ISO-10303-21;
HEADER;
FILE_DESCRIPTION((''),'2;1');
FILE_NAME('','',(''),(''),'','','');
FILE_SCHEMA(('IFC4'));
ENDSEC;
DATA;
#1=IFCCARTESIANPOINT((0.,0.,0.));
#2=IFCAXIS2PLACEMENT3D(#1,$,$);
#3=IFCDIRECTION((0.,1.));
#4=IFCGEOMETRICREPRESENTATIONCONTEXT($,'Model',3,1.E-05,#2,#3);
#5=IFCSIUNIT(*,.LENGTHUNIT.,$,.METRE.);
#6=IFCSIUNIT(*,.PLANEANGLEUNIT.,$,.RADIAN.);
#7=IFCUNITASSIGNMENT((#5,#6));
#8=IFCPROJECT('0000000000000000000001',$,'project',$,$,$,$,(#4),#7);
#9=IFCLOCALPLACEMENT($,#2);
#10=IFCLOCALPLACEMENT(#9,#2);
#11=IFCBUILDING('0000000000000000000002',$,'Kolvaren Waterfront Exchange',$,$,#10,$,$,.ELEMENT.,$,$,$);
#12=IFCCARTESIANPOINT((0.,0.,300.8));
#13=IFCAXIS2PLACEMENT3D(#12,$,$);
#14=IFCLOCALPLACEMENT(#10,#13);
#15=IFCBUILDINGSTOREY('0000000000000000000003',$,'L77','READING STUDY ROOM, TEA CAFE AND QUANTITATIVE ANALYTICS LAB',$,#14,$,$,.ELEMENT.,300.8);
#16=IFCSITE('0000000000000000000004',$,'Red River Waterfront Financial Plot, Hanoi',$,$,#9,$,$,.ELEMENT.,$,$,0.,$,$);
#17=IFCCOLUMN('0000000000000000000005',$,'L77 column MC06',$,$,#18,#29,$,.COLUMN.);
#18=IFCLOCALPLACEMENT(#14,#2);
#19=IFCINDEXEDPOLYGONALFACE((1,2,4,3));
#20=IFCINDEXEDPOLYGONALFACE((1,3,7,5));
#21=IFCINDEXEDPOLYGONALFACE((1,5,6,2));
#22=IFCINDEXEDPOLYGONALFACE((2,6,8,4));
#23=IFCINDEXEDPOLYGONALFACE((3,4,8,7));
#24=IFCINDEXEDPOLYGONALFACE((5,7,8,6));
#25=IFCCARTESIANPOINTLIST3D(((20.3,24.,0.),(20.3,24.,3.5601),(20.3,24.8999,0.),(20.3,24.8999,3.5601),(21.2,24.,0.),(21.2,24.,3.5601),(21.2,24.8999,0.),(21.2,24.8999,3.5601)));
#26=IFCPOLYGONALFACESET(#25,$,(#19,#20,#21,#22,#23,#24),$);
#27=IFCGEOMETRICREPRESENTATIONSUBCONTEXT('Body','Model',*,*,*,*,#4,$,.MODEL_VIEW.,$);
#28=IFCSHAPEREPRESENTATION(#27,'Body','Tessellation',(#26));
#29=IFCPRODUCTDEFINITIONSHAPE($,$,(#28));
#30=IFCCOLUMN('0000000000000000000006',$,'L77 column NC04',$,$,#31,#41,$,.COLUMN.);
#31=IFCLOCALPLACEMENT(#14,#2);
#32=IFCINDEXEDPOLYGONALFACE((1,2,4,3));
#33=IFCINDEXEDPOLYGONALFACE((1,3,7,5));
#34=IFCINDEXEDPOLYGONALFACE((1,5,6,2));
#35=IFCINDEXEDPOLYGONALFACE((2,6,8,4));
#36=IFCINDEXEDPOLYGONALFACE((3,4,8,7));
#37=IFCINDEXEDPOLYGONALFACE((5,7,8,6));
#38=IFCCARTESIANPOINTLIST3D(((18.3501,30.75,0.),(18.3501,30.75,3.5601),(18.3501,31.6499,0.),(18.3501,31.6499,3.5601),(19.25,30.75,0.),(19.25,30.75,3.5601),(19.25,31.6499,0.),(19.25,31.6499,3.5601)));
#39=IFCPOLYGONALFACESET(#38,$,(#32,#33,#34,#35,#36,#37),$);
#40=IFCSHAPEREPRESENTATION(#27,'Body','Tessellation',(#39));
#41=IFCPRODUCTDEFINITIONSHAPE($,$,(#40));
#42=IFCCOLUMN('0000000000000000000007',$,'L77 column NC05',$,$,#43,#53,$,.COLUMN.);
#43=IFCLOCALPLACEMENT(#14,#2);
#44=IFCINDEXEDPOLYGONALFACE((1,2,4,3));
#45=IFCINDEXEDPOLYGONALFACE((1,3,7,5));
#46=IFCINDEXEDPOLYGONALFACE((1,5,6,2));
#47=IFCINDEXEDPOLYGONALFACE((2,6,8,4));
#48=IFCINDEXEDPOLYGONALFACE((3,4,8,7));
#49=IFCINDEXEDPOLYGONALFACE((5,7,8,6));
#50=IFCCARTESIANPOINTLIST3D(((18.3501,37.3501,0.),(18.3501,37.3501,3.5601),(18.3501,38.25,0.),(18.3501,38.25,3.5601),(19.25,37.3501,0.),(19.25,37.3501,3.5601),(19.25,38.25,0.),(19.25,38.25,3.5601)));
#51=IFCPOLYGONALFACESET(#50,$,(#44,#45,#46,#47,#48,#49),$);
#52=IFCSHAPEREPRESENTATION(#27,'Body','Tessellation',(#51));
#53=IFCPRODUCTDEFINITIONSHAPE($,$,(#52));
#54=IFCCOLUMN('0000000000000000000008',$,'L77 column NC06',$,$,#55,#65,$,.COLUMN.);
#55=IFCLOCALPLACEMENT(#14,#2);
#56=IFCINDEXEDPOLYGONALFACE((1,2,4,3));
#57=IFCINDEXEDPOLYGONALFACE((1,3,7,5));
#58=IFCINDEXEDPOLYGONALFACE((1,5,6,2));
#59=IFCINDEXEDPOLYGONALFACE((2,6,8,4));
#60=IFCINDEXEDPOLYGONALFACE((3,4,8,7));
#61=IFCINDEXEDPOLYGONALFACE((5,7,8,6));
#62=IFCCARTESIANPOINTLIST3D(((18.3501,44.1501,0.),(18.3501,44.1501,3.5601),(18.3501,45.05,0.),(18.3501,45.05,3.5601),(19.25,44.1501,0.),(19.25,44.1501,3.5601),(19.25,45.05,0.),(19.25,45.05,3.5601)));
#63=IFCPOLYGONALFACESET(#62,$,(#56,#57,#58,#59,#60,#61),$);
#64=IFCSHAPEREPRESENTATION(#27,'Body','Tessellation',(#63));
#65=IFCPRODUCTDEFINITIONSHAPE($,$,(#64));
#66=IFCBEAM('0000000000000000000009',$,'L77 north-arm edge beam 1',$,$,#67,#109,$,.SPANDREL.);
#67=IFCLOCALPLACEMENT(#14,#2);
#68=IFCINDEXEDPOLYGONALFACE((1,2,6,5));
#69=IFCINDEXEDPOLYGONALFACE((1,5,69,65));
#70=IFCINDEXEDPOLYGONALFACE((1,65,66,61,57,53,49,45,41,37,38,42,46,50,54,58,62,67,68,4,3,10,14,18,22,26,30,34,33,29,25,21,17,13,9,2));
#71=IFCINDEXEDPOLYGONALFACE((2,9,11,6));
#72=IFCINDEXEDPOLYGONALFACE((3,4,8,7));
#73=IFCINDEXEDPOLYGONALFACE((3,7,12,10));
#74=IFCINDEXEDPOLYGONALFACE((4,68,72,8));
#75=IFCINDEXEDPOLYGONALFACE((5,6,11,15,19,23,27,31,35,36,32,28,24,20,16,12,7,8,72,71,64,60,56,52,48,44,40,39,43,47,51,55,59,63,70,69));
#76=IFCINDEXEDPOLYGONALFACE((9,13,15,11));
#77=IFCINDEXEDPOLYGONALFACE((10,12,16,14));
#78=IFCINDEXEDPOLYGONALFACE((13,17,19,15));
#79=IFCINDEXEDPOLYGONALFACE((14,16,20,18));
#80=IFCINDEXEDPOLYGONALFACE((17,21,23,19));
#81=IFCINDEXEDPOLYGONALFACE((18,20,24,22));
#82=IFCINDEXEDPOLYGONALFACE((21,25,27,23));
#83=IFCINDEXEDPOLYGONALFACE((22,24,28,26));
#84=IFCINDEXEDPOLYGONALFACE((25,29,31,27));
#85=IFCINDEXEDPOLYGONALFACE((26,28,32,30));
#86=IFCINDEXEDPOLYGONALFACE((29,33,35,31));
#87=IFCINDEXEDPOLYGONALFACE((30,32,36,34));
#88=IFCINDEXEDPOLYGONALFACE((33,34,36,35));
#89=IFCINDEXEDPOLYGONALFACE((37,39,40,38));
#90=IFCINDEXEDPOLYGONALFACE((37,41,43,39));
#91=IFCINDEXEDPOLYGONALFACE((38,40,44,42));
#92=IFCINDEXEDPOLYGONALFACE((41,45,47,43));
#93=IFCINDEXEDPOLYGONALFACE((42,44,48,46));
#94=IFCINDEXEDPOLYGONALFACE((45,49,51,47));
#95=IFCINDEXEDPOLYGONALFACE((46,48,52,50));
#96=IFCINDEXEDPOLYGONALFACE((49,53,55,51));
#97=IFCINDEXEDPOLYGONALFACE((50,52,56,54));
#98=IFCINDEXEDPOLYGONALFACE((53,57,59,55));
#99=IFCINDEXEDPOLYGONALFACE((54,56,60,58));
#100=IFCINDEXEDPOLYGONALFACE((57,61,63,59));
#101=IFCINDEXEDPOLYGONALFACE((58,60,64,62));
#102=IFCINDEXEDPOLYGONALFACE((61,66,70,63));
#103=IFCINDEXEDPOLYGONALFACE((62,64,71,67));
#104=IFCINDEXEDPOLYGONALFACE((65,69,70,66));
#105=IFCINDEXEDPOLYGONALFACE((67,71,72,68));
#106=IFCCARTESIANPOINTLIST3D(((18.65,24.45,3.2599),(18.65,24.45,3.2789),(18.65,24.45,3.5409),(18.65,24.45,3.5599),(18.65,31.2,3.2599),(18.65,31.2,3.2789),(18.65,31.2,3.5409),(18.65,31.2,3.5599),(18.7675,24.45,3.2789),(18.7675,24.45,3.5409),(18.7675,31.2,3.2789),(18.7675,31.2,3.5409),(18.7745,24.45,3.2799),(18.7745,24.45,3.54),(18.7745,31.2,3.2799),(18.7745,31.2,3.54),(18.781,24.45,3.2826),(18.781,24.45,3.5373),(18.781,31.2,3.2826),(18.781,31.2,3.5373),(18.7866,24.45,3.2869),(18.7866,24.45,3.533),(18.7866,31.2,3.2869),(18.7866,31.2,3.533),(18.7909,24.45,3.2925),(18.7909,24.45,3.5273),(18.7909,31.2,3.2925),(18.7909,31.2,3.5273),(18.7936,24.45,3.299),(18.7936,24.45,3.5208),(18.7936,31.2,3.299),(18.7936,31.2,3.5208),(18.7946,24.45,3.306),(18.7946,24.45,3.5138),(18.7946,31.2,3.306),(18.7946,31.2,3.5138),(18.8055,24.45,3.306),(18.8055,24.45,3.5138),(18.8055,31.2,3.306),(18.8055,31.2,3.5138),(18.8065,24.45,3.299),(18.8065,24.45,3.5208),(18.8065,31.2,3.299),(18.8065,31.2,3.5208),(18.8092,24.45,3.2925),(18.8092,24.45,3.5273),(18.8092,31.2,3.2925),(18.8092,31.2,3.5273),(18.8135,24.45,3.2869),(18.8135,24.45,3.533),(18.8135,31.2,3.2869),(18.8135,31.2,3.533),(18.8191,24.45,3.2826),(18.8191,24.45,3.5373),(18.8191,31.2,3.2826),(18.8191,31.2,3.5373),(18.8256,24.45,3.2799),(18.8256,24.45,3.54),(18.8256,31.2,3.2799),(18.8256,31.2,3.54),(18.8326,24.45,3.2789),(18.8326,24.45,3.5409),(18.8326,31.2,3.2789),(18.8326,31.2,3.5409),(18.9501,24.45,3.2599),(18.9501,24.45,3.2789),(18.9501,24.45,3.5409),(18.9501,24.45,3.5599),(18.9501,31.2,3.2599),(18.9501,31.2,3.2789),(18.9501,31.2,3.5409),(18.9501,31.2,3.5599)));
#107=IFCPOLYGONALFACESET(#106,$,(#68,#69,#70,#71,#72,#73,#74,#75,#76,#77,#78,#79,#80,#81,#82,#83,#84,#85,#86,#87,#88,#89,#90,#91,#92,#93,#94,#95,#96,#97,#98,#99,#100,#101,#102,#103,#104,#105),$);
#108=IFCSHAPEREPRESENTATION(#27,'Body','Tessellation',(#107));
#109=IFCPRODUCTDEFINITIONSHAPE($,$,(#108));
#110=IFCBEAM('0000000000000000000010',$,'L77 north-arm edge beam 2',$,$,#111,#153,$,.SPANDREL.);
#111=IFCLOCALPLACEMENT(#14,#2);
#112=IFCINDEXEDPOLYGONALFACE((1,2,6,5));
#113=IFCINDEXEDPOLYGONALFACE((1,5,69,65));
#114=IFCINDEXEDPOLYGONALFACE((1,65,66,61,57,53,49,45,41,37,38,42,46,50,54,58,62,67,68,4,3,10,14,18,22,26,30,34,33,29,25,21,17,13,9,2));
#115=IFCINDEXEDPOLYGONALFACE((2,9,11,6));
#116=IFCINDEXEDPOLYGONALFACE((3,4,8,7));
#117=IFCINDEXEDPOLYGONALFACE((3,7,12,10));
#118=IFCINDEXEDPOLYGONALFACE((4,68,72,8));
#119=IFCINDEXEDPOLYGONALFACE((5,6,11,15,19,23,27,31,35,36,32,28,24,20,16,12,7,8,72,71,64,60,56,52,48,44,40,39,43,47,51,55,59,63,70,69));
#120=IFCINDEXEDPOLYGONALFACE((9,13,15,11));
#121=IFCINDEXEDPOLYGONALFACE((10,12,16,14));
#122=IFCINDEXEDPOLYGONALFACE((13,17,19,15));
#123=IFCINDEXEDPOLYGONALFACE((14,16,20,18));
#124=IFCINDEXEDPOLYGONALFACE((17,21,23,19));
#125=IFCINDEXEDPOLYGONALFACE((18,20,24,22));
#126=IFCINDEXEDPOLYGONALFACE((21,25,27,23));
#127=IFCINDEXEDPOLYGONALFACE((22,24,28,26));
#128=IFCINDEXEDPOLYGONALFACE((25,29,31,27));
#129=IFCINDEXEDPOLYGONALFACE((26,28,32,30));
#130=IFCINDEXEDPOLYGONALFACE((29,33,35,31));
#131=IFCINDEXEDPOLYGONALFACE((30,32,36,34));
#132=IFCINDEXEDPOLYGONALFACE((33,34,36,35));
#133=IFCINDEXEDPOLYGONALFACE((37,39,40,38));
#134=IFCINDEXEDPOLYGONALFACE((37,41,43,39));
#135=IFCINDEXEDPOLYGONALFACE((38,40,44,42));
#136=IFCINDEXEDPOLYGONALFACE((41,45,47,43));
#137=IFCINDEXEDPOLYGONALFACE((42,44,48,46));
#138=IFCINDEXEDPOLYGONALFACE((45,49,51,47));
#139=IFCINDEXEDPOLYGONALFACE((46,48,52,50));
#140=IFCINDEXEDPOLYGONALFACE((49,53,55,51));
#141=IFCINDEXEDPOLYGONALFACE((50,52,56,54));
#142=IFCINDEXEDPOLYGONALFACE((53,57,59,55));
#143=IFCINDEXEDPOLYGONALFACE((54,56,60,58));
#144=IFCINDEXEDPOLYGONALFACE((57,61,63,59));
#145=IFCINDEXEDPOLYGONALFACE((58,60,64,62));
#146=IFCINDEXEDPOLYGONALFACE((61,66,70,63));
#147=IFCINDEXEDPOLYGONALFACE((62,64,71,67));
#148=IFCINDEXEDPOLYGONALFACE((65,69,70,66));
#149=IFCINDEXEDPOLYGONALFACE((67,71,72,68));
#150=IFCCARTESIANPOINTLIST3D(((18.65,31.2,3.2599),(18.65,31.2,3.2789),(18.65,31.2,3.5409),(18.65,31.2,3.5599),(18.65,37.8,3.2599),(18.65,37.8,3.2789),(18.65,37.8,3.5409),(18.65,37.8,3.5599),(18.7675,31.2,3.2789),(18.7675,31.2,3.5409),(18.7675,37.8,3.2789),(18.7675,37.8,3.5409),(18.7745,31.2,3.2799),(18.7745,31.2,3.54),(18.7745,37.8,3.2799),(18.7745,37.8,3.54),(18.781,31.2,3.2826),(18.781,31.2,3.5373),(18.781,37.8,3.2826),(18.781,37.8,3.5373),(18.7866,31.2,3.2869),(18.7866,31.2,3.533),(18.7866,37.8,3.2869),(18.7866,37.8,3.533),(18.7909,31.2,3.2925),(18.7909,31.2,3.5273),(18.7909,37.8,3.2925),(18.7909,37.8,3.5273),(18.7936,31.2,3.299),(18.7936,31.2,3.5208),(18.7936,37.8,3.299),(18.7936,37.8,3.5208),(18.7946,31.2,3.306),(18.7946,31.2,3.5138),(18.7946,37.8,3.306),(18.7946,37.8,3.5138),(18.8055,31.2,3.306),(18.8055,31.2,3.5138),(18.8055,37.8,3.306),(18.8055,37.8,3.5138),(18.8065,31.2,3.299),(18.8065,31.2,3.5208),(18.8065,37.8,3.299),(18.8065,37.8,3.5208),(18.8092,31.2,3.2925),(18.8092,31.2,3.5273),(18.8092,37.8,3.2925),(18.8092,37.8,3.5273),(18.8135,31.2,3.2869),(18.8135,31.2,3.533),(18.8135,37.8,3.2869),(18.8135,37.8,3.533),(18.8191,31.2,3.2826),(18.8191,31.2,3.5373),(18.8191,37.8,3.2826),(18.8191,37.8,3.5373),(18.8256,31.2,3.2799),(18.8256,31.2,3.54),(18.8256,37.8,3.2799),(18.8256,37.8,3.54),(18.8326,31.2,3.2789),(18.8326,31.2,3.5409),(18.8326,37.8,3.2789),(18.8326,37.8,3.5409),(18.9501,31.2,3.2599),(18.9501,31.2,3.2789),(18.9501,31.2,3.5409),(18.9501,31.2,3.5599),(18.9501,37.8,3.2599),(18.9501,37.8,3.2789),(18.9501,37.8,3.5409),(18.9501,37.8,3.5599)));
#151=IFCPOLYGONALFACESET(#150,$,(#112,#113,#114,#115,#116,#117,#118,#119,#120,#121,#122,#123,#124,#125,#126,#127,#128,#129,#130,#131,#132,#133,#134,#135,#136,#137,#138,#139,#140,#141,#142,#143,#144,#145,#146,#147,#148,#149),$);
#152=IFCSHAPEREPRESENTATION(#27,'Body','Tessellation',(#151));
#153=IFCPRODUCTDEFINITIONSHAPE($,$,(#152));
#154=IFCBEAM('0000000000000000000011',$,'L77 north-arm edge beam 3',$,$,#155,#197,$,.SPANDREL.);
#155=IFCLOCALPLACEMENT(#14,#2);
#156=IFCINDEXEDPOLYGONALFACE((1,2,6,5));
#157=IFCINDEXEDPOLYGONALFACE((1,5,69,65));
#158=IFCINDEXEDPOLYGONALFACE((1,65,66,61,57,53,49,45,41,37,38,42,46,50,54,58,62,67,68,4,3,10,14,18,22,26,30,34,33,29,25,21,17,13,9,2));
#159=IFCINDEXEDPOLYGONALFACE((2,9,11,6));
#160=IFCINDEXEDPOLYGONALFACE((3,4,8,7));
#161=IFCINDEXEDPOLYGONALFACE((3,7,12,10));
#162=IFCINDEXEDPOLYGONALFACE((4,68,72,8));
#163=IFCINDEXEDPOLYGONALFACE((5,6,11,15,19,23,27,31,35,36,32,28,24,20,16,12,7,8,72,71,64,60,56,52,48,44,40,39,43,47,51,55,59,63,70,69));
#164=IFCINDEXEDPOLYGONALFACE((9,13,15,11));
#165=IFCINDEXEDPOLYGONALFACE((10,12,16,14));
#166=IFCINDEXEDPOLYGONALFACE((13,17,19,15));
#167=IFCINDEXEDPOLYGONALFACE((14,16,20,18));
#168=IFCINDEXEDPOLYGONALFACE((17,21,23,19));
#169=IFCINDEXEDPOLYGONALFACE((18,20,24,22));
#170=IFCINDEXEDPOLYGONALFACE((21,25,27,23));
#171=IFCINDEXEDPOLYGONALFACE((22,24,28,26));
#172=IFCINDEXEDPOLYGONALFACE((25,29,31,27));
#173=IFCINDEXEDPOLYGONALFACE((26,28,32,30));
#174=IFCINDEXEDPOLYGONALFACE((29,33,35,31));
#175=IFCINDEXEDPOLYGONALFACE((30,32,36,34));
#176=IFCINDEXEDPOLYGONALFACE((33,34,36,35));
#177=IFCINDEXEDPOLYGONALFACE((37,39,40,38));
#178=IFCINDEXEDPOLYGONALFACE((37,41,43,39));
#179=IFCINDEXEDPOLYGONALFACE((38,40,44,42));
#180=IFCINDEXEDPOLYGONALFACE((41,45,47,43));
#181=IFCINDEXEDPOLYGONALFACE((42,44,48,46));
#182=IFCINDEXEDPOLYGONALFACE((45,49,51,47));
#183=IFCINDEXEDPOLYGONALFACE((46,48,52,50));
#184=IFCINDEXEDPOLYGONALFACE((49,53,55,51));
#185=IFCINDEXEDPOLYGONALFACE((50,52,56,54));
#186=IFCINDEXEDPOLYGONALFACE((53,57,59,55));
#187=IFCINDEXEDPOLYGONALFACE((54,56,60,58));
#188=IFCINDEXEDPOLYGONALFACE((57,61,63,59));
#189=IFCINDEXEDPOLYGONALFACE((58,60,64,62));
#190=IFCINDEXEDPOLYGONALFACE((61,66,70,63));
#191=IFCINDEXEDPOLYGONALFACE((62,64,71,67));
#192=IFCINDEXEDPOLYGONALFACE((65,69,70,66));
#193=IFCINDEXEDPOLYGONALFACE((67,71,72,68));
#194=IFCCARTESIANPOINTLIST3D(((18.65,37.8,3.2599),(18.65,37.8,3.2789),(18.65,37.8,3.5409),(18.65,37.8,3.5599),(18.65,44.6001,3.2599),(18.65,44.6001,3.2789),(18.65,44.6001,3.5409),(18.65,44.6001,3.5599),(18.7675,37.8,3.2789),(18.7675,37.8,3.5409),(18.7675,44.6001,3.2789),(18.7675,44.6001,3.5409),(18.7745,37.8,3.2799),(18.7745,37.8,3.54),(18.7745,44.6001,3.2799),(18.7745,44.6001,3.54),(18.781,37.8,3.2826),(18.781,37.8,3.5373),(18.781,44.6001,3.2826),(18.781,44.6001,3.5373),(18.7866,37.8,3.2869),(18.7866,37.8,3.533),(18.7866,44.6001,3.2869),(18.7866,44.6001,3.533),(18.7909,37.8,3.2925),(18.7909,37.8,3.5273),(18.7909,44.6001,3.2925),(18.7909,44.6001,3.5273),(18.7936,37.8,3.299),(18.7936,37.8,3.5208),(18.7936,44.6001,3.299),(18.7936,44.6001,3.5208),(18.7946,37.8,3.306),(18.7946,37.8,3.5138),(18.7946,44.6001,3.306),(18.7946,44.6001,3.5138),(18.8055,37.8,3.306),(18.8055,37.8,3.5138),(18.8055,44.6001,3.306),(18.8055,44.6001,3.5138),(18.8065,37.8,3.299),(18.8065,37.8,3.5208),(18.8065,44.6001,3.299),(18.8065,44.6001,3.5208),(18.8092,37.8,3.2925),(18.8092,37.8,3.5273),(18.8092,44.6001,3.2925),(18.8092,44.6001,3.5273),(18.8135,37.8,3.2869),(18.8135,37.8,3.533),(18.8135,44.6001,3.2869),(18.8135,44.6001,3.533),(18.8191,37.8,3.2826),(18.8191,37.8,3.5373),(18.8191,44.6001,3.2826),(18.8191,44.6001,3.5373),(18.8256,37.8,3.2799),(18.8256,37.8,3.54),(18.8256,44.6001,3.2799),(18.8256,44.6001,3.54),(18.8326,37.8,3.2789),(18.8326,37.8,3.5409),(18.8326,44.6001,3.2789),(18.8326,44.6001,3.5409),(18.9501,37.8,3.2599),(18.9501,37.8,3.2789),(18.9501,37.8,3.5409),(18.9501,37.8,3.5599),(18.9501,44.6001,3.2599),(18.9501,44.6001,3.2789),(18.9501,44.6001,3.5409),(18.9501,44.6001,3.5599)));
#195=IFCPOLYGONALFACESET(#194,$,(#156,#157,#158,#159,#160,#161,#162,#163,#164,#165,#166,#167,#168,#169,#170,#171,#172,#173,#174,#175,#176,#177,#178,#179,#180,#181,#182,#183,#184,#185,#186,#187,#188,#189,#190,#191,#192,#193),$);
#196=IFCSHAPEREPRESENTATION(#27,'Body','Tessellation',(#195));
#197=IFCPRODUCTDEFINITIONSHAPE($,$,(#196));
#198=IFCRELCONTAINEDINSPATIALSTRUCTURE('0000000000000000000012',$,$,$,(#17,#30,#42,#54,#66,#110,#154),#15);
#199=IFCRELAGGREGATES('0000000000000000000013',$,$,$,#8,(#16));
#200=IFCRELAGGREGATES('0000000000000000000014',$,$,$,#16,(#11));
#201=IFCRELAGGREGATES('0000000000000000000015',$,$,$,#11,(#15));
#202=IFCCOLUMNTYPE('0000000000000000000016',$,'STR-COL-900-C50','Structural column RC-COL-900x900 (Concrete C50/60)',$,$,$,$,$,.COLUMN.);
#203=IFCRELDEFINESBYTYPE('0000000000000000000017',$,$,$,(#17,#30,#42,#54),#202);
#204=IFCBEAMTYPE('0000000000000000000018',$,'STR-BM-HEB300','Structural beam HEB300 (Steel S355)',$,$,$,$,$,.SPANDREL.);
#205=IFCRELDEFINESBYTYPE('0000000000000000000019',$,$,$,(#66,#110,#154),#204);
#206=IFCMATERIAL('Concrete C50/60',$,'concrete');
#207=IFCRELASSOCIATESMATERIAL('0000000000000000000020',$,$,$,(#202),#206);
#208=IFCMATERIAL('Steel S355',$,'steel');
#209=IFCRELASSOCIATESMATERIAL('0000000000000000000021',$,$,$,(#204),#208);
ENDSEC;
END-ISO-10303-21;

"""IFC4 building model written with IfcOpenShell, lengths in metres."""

from ifc_helpers import new_model, si_unit, direction, frame, origin, origin_2d, place, context, subcontext, project, spatial, rectangle, i_section, extrude, material, material_profile, profile_set, type_object, element, save


model = new_model("IFC4")

# Units and contexts
model_context = context("Model", 3, precision=1e-05, world=origin(), true_north=direction((0.0, 1.0)))
body_context = subcontext(model_context, "Body", "Model", "MODEL_VIEW")
ifc_project = project(units=[si_unit("LENGTHUNIT", "METRE"), si_unit("PLANEANGLEUNIT", "RADIAN")], contexts=[model_context])

# Site, building, storey
site_placement = place(None, origin())
site = spatial("IfcSite", under=ifc_project, at=site_placement, Name="Red River Waterfront Financial Plot, Hanoi", CompositionType="ELEMENT", RefElevation=0.0)
building_placement = place(site_placement, origin())
building = spatial("IfcBuilding", under=site, at=building_placement, Name="Kolvaren Waterfront Exchange", CompositionType="ELEMENT")
storey_placement = place(building_placement, frame((0.0, 0.0, 300.8)))
storey = spatial("IfcBuildingStorey", under=building, at=storey_placement, Name="L77", Description="READING STUDY ROOM, TEA CAFE AND QUANTITATIVE ANALYTICS LAB", CompositionType="ELEMENT", Elevation=300.8)

# Columns
ifc_material_1 = material(Name="Concrete C50/60", Category="concrete")
ifc_material_profile_1 = material_profile(ifc_material_1, rectangle(XDim=0.8999, YDim=0.8999, at=origin_2d()), Name="RC-COL-900x900")
ifc_profile_set_1 = profile_set([ifc_material_profile_1], Name="Concrete C50/60")
column_type = type_object("IfcColumnType", Name="STR-COL-900-C50", Description="Structural column RC-COL-900x900 (Concrete C50/60)", PredefinedType="COLUMN", material=ifc_profile_set_1)
for number, where, z_axis, x_axis, name in (
    (1, (20.75, 24.45, 0.0), (0.0, 0.0, 1.0), (1.0, 0.0, 0.0), "L77 column MC06"),
    (2, (18.8, 31.2, 0.0), (0.0, 0.0, 1.0), (1.0, 0.0, 0.0), "L77 column NC04"),
    (3, (18.8, 37.8, 0.0), (0.0, 0.0, 1.0), (1.0, 0.0, 0.0), "L77 column NC05"),
    (4, (18.8, 44.6001, 0.0), (0.0, 0.0, 1.0), (1.0, 0.0, 0.0), "L77 column NC06"),
):
    element("IfcColumn", number, at=place(storey_placement, frame(where, z_axis=z_axis, x_axis=x_axis)), inside=storey, type_object=column_type, Name=name, PredefinedType="COLUMN", context=body_context, shape_type="SweptSolid", body=[
        extrude(rectangle(XDim=0.8999, YDim=0.8999, at=origin_2d()), origin(), (0.0, 0.0, 1.0), 3.5601),
    ])

# Beams
ifc_material_2 = material(Name="Steel S355", Category="steel")
ifc_material_profile_2 = material_profile(ifc_material_2, i_section(OverallWidth=0.3, OverallDepth=0.3, WebThickness=0.011, FlangeThickness=0.019, FilletRadius=0.0271, at=origin_2d()), Name="HEB300")
ifc_profile_set_2 = profile_set([ifc_material_profile_2], Name="Steel S355")
beam_type = type_object("IfcBeamType", Name="STR-BM-HEB300", Description="Structural beam HEB300 (Steel S355)", PredefinedType="SPANDREL", material=ifc_profile_set_2)
beam_1_placement = place(storey_placement, frame((18.8, 24.45, 3.4099), z_axis=(0.0, 1.0, 0.0), x_axis=(-1.0, 0.0, 0.0)))
element("IfcBeam", 5, at=beam_1_placement, inside=storey, type_object=beam_type, Name="L77 north-arm edge beam 1", PredefinedType="SPANDREL", context=body_context, shape_type="SweptSolid", body=[
    extrude(i_section(OverallWidth=0.3, OverallDepth=0.3, WebThickness=0.011, FlangeThickness=0.019, FilletRadius=0.0271, at=origin_2d()), origin(), (0.0, 0.0, 1.0), 6.75),
])
beam_2_placement = place(storey_placement, frame((18.8, 31.2, 3.4099), z_axis=(0.0, 1.0, 0.0), x_axis=(-1.0, 0.0, 0.0)))
element("IfcBeam", 6, at=beam_2_placement, inside=storey, type_object=beam_type, Name="L77 north-arm edge beam 2", PredefinedType="SPANDREL", context=body_context, shape_type="SweptSolid", body=[
    extrude(i_section(OverallWidth=0.3, OverallDepth=0.3, WebThickness=0.011, FlangeThickness=0.019, FilletRadius=0.0271, at=origin_2d()), origin(), (0.0, 0.0, 1.0), 6.6001),
])
beam_3_placement = place(storey_placement, frame((18.8, 37.8, 3.4099), z_axis=(0.0, 1.0, 0.0), x_axis=(-1.0, 0.0, 0.0)))
element("IfcBeam", 7, at=beam_3_placement, inside=storey, type_object=beam_type, Name="L77 north-arm edge beam 3", PredefinedType="SPANDREL", context=body_context, shape_type="SweptSolid", body=[
    extrude(i_section(OverallWidth=0.3, OverallDepth=0.3, WebThickness=0.011, FlangeThickness=0.019, FilletRadius=0.0271, at=origin_2d()), origin(), (0.0, 0.0, 1.0), 6.8),
])

save(model, "model.ifc")
